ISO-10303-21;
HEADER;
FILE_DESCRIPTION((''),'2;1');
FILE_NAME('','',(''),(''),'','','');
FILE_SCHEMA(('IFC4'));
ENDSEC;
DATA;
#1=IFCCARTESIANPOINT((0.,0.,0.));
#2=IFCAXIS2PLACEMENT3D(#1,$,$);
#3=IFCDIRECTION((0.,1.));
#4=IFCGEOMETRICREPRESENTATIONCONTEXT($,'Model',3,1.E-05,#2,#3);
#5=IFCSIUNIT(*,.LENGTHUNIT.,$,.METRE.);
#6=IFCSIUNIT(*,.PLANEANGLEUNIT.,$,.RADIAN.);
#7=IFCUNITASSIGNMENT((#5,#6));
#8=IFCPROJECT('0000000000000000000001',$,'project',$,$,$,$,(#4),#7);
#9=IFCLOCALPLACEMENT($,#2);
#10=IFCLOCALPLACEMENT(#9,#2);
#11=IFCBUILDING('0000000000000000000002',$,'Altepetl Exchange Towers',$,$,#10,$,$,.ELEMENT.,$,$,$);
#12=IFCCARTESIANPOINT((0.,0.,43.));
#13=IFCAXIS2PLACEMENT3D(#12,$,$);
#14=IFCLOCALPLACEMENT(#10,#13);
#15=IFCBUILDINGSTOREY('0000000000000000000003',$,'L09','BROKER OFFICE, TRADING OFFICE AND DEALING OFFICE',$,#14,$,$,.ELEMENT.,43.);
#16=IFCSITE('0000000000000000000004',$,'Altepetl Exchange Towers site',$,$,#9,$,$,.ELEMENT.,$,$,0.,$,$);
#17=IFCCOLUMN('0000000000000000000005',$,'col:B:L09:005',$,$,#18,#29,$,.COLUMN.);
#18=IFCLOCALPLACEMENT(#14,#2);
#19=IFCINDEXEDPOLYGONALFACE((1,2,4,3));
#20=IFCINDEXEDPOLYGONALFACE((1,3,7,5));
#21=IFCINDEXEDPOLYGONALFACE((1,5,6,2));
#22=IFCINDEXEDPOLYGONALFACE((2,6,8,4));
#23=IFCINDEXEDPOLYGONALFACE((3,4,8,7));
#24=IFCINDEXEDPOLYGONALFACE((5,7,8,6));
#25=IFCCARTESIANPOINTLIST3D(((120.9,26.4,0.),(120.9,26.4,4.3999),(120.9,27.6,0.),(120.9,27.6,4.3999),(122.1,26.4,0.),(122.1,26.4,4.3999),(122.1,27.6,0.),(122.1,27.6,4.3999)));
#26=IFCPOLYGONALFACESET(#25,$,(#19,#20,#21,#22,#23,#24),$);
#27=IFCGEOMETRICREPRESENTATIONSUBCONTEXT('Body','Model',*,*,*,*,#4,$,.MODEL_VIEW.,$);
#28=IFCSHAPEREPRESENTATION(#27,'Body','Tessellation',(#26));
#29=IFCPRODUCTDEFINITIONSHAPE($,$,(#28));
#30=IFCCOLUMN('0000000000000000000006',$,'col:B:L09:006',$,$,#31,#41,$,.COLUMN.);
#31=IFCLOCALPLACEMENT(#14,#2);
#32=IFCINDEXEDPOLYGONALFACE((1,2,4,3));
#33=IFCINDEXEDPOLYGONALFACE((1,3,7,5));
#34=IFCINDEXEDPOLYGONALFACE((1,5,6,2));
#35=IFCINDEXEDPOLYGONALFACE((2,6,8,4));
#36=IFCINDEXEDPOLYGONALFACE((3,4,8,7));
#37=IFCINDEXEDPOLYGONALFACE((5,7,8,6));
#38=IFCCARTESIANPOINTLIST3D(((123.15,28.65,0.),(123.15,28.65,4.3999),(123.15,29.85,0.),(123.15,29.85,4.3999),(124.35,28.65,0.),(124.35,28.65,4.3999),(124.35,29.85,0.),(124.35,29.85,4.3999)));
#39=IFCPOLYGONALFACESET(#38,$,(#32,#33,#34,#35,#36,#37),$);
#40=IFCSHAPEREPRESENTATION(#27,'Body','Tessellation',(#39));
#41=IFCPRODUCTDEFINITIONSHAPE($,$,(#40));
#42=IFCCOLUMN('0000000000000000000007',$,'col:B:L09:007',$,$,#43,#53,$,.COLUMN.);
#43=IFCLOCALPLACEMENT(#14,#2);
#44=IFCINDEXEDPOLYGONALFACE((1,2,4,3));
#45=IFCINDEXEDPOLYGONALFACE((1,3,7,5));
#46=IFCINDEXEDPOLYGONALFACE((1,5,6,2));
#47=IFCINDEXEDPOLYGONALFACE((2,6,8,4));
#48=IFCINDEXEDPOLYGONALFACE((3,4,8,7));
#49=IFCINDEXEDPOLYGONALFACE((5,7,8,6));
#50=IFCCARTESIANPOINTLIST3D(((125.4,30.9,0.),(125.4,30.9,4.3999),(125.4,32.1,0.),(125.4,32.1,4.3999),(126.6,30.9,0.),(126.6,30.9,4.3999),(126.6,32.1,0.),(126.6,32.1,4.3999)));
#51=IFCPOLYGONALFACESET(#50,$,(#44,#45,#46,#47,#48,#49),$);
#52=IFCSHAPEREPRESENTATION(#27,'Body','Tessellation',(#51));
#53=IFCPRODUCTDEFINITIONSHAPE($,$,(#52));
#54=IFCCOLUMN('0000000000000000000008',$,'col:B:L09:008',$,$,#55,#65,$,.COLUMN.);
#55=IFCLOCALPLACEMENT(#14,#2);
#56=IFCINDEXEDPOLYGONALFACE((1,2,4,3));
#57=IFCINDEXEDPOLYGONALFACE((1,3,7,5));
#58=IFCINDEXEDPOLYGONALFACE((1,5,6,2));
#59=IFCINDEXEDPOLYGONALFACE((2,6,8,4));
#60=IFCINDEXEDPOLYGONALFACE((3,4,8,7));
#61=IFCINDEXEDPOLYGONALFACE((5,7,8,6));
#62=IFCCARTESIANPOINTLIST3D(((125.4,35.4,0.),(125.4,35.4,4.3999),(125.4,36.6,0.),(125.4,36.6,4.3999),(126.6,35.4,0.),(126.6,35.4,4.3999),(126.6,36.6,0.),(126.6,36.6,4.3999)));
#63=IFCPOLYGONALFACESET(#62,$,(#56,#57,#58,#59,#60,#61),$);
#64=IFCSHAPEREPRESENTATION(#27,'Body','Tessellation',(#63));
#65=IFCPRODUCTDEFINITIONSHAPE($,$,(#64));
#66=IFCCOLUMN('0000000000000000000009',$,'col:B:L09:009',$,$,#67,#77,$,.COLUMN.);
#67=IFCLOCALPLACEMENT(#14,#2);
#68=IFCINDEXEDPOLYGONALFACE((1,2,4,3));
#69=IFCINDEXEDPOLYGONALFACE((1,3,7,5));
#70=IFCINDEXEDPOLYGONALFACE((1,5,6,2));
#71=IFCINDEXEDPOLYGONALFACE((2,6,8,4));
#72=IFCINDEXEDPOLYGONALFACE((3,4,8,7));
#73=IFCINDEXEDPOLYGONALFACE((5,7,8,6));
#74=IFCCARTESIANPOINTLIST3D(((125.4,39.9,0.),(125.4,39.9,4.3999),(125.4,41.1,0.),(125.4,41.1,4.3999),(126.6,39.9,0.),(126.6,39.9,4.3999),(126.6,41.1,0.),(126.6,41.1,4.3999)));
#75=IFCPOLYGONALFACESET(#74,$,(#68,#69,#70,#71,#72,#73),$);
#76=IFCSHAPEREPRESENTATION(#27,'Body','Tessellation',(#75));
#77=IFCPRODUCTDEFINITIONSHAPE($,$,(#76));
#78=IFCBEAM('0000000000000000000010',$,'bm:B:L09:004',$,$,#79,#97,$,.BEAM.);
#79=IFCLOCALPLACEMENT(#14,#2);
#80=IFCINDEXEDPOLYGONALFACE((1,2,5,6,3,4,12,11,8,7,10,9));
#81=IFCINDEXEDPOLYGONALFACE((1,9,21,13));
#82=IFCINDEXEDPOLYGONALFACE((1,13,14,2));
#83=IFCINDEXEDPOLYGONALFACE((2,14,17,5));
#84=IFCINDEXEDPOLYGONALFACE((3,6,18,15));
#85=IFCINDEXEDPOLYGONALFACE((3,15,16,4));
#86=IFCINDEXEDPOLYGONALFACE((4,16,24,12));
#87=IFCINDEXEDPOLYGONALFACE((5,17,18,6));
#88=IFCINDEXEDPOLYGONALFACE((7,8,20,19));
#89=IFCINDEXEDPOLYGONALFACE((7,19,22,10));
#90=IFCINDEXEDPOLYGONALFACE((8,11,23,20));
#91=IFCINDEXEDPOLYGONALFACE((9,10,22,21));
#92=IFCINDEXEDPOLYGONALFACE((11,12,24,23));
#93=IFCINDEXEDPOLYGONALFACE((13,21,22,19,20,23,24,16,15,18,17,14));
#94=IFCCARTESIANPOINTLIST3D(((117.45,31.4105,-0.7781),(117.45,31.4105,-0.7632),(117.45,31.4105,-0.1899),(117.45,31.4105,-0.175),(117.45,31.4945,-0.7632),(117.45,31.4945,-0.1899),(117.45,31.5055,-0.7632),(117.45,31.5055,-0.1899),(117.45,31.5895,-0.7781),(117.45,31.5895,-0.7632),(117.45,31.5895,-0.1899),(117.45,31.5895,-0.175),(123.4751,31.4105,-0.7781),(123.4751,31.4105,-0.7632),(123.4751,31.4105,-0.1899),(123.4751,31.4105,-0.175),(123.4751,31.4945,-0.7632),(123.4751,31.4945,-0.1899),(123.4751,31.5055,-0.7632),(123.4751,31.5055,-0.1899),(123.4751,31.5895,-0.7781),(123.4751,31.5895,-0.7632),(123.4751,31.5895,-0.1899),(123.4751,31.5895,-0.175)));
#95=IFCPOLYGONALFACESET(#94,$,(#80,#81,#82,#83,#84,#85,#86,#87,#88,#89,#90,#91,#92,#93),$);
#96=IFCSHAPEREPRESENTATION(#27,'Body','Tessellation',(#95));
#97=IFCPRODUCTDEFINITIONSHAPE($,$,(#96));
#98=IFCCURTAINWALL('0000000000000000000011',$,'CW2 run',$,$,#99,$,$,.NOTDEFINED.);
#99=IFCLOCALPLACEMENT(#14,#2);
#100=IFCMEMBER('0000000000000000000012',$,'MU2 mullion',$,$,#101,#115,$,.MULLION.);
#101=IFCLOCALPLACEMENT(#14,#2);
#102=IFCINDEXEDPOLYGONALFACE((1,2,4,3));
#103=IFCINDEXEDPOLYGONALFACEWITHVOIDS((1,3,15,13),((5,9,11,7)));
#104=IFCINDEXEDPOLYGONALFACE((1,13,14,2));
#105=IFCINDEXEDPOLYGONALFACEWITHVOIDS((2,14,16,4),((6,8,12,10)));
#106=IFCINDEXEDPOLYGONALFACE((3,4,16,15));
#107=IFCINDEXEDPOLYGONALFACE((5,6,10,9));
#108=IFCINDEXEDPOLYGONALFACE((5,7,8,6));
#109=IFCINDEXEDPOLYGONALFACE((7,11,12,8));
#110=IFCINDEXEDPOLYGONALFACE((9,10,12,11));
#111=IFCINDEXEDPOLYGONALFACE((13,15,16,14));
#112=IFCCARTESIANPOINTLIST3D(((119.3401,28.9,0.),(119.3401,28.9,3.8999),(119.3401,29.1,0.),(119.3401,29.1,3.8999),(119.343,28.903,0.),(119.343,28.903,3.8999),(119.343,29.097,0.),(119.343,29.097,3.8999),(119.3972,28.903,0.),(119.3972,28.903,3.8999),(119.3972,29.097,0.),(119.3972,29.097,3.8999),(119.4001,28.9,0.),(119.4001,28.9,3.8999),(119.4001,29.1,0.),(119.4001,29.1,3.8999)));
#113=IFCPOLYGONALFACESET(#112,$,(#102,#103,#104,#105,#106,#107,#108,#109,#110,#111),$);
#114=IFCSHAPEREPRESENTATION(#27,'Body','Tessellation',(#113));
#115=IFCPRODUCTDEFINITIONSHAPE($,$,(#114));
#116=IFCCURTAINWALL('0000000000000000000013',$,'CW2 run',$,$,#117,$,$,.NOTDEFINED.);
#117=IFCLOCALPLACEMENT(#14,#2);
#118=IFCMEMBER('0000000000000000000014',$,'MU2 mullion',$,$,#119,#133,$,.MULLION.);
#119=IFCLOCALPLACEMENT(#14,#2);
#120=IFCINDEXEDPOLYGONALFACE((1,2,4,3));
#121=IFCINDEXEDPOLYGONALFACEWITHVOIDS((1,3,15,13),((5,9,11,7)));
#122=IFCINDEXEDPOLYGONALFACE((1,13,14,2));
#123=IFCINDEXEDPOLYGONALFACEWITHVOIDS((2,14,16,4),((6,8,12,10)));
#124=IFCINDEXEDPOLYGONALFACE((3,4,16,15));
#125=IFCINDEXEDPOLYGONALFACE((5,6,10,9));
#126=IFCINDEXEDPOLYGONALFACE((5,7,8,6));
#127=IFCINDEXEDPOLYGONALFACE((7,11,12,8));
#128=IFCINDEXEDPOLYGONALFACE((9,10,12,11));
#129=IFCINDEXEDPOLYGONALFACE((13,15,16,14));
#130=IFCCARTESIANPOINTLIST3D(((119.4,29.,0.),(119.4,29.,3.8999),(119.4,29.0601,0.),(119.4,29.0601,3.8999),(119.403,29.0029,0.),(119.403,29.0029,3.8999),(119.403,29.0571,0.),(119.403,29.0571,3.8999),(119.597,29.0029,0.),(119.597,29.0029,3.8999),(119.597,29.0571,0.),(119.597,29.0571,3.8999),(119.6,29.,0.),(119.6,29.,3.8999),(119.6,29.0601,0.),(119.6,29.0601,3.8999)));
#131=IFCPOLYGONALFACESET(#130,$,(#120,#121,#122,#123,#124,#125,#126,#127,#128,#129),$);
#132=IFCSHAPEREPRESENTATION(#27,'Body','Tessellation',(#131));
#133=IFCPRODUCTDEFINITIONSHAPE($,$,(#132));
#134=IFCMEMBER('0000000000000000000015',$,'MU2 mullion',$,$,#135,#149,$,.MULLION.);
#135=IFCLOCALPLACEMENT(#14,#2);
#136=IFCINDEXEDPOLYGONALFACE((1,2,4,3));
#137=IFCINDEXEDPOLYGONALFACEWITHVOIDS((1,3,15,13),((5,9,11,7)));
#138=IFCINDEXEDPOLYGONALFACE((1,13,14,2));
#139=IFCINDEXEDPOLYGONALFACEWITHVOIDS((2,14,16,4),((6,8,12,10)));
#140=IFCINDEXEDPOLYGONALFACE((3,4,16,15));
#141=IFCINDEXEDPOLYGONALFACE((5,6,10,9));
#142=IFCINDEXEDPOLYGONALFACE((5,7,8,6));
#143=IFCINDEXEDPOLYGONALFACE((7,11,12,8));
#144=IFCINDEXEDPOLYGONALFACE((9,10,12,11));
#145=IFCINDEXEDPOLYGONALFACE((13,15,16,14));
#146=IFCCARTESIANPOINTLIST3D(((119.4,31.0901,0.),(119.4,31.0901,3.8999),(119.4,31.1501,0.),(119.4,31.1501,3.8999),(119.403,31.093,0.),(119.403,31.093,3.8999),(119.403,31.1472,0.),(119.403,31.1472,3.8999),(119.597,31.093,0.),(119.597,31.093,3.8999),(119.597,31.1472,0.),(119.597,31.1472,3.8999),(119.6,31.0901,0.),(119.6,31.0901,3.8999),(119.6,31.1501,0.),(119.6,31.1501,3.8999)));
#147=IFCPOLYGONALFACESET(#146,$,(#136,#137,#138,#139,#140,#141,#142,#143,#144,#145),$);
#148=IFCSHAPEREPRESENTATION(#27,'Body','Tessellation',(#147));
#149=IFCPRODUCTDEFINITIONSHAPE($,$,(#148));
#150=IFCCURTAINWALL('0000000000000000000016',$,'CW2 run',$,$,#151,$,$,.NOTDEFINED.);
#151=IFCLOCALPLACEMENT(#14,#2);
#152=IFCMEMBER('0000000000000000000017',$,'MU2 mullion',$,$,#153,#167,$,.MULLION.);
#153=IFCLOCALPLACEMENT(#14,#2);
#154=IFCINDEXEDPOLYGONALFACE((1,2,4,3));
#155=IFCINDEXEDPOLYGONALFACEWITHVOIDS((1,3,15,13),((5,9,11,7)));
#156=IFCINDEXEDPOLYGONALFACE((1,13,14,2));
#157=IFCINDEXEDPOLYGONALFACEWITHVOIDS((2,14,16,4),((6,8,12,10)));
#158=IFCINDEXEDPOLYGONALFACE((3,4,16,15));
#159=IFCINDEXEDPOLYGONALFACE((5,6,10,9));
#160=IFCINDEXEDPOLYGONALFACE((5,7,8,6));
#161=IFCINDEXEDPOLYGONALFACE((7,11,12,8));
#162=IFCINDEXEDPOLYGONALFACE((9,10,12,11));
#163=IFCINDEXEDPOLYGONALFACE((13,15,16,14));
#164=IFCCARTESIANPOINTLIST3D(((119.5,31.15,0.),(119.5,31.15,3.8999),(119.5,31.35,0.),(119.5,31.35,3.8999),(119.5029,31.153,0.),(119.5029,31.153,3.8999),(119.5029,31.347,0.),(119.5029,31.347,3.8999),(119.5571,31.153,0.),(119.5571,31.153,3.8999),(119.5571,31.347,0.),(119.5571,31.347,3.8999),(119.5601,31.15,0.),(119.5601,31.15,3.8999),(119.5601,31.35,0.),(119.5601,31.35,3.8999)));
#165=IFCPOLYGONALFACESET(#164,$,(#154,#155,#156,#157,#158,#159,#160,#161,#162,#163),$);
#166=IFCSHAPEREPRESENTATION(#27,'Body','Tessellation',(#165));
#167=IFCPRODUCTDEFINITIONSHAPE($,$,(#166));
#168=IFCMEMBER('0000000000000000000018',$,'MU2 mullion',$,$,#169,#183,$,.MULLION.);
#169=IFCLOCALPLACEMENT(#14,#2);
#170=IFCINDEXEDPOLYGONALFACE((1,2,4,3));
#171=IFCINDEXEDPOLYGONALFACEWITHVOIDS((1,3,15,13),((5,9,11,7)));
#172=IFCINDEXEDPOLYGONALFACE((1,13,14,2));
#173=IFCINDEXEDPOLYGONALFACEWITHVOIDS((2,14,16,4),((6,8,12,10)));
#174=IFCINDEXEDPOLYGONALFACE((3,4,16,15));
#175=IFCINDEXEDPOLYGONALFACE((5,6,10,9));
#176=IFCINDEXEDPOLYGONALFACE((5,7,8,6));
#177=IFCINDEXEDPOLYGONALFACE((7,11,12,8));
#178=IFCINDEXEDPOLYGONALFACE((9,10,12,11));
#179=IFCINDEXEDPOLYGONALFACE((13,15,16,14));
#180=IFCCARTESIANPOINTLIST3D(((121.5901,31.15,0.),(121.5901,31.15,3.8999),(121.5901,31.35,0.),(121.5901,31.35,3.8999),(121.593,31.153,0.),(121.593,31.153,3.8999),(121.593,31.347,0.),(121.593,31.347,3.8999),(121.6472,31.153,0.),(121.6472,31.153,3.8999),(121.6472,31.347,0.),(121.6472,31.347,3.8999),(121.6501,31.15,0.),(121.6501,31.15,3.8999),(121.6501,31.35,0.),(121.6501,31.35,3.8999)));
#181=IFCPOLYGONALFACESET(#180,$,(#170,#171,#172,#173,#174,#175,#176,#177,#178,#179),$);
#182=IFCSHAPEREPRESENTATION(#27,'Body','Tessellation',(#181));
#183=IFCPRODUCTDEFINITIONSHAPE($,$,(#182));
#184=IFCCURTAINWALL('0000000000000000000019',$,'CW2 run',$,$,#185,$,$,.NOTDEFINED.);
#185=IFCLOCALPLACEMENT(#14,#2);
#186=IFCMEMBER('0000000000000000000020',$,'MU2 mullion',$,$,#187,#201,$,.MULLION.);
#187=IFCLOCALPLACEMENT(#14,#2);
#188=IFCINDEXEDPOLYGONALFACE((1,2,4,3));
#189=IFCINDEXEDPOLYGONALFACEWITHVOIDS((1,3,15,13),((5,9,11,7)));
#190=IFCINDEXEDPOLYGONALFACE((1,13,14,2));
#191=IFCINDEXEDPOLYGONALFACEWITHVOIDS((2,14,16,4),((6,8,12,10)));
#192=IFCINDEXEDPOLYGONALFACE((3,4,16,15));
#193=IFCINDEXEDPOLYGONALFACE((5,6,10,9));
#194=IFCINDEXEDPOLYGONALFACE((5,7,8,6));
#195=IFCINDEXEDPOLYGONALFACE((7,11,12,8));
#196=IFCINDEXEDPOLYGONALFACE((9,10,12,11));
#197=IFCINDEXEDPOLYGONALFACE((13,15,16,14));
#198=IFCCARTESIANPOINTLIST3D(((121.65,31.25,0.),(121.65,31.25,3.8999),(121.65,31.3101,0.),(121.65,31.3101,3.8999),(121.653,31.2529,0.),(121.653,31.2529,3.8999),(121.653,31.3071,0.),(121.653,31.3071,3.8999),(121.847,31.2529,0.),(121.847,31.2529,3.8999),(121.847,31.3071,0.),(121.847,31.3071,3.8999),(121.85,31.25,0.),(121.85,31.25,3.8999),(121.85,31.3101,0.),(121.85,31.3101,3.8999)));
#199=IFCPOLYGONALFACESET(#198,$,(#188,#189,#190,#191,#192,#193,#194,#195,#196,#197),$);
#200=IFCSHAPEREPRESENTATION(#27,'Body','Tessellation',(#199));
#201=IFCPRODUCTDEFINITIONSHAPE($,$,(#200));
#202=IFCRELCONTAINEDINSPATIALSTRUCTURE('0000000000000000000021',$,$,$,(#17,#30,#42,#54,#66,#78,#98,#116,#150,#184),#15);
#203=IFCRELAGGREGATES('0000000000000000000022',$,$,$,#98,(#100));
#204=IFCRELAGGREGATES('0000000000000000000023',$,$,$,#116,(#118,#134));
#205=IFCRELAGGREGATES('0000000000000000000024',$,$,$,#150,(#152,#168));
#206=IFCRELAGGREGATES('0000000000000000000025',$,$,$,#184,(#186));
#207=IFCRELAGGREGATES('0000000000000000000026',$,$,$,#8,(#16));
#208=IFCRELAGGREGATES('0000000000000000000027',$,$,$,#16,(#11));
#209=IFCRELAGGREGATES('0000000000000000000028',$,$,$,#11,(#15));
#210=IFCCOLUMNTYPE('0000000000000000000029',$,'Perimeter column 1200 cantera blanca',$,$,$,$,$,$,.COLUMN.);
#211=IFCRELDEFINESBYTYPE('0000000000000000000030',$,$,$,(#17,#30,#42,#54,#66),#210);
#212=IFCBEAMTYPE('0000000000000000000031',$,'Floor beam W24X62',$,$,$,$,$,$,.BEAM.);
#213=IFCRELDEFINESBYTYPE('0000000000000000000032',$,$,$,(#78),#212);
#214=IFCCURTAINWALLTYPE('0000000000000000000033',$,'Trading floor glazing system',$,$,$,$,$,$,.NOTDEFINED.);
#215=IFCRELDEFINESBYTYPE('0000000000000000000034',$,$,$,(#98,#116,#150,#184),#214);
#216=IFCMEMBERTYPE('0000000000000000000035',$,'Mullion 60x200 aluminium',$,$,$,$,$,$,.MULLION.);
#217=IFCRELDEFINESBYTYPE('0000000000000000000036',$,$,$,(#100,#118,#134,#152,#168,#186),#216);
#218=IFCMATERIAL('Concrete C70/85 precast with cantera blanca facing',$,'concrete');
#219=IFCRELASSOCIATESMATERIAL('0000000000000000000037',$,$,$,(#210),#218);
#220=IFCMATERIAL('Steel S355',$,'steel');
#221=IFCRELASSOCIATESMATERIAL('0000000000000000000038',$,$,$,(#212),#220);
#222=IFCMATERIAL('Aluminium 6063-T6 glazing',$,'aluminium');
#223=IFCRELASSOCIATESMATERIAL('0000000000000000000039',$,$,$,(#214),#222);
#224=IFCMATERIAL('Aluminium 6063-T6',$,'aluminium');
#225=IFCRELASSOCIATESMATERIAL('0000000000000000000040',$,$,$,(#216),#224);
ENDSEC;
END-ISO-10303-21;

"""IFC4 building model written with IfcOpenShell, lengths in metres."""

from ifc_helpers import new_model, si_unit, direction, frame, origin, origin_2d, place, context, subcontext, project, spatial, rectangle, hollow_rectangle, i_section, extrude, material, material_profile, profile_set, type_object, element, aggregate, save


model = new_model("IFC4")

# Units and contexts
model_context = context("Model", 3, precision=1e-05, world=origin(), true_north=direction((0.0, 1.0)))
body_context = subcontext(model_context, "Body", "Model", "MODEL_VIEW")
ifc_project = project(units=[si_unit("LENGTHUNIT", "METRE"), si_unit("PLANEANGLEUNIT", "RADIAN")], contexts=[model_context])

# Site, building, storey
site_placement = place(None, origin())
site = spatial("IfcSite", under=ifc_project, at=site_placement, Name="Altepetl Exchange Towers site", CompositionType="ELEMENT", RefElevation=0.0)
building_placement = place(site_placement, origin())
building = spatial("IfcBuilding", under=site, at=building_placement, Name="Altepetl Exchange Towers", CompositionType="ELEMENT")
storey_placement = place(building_placement, frame((0.0, 0.0, 43.0)))
storey = spatial("IfcBuildingStorey", under=building, at=storey_placement, Name="L09", Description="BROKER OFFICE, TRADING OFFICE AND DEALING OFFICE", CompositionType="ELEMENT", Elevation=43.0)

# Columns
ifc_material_1 = material(Name="Concrete C70/85 precast with cantera blanca facing", Category="concrete")
ifc_material_profile_1 = material_profile(ifc_material_1, rectangle(XDim=1.2, YDim=1.2, at=origin_2d()), Name="1200 x 1200")
ifc_profile_set_1 = profile_set([ifc_material_profile_1], Name="Concrete C70/85 precast with cantera blanca facing")
column_type = type_object("IfcColumnType", Name="Perimeter column 1200 cantera blanca", PredefinedType="COLUMN", material=ifc_profile_set_1)
for number, where, name in (
    (1, (121.5, 27.0, 0.0), "col:B:L09:005"),
    (2, (123.75, 29.25, 0.0), "col:B:L09:006"),
    (3, (126.0, 31.5, 0.0), "col:B:L09:007"),
    (4, (126.0, 36.0, 0.0), "col:B:L09:008"),
    (5, (126.0, 40.5, 0.0), "col:B:L09:009"),
):
    element("IfcColumn", number, at=place(storey_placement, frame(where)), inside=storey, type_object=column_type, Name=name, PredefinedType="COLUMN", context=body_context, shape_type="SweptSolid", body=[
        extrude(rectangle(XDim=1.2, YDim=1.2, at=origin_2d()), origin(), (0.0, 0.0, 1.0), 4.3999),
    ])

# Beam
ifc_material_2 = material(Name="Steel S355", Category="steel")
ifc_material_profile_2 = material_profile(ifc_material_2, i_section(OverallWidth=0.179, OverallDepth=0.603, WebThickness=0.011, FlangeThickness=0.0149, at=origin_2d()), Name="W24X62")
ifc_profile_set_2 = profile_set([ifc_material_profile_2], Name="Steel S355")
beam_type_1 = type_object("IfcBeamType", Name="Floor beam W24X62", PredefinedType="BEAM", material=ifc_profile_set_2)
beam_1_placement = place(storey_placement, frame((117.45, 31.5, -0.4766), z_axis=(1.0, 0.0, 0.0), x_axis=(0.0, 1.0, 0.0)))
element("IfcBeam", 6, at=beam_1_placement, inside=storey, type_object=beam_type_1, Name="bm:B:L09:004", PredefinedType="BEAM", context=body_context, shape_type="SweptSolid", body=[
    extrude(i_section(OverallWidth=0.179, OverallDepth=0.603, WebThickness=0.011, FlangeThickness=0.0149, at=origin_2d()), origin(), (0.0, 0.0, 1.0), 6.0251),
])

# Curtain wall, member
ifc_material_3 = material(Name="Aluminium 6063-T6 glazing", Category="aluminium")
curtain_wall_type = type_object("IfcCurtainWallType", Name="Trading floor glazing system", PredefinedType="NOTDEFINED", material=ifc_material_3)
curtain_wall_1_placement = place(storey_placement, origin())
curtain_wall_1 = element("IfcCurtainWall", 7, at=curtain_wall_1_placement, inside=storey, type_object=curtain_wall_type, Name="CW2 run", PredefinedType="NOTDEFINED")
ifc_material_4 = material(Name="Aluminium 6063-T6", Category="aluminium")
ifc_material_profile_3 = material_profile(ifc_material_4, hollow_rectangle(XDim=0.0601, YDim=0.2, WallThickness=0.0029, at=origin_2d()), Name="Mullion 60x200 aluminium")
ifc_profile_set_3 = profile_set([ifc_material_profile_3], Name="Aluminium 6063-T6")
member_type = type_object("IfcMemberType", Name="Mullion 60x200 aluminium", PredefinedType="MULLION", material=ifc_profile_set_3)
member_1_placement = place(storey_placement, frame((119.3701, 29.0, 0.0)))
member_1 = element("IfcMember", 8, at=member_1_placement, type_object=member_type, Name="MU2 mullion", PredefinedType="MULLION", context=body_context, shape_type="SweptSolid", body=[
    extrude(hollow_rectangle(XDim=0.0601, YDim=0.2, WallThickness=0.0029, at=origin_2d()), origin(), (0.0, 0.0, 1.0), 3.8999),
])

# Curtain walls, members
curtain_wall_2_placement = place(storey_placement, origin())
curtain_wall_2 = element("IfcCurtainWall", 9, at=curtain_wall_2_placement, inside=storey, type_object=curtain_wall_type, Name="CW2 run", PredefinedType="NOTDEFINED")
member_2_placement = place(storey_placement, frame((119.5, 29.03, 0.0), z_axis=(0.0, 0.0, 1.0), x_axis=(0.0, 1.0, 0.0)))
member_2 = element("IfcMember", 10, at=member_2_placement, type_object=member_type, Name="MU2 mullion", PredefinedType="MULLION", context=body_context, shape_type="SweptSolid", body=[
    extrude(hollow_rectangle(XDim=0.0601, YDim=0.2, WallThickness=0.0029, at=origin_2d()), origin(), (0.0, 0.0, 1.0), 3.8999),
])
member_3_placement = place(storey_placement, frame((119.5, 31.1201, 0.0), z_axis=(0.0, 0.0, 1.0), x_axis=(0.0, 1.0, 0.0)))
member_3 = element("IfcMember", 11, at=member_3_placement, type_object=member_type, Name="MU2 mullion", PredefinedType="MULLION", context=body_context, shape_type="SweptSolid", body=[
    extrude(hollow_rectangle(XDim=0.0601, YDim=0.2, WallThickness=0.0029, at=origin_2d()), origin(), (0.0, 0.0, 1.0), 3.8999),
])
curtain_wall_3_placement = place(storey_placement, origin())
curtain_wall_3 = element("IfcCurtainWall", 12, at=curtain_wall_3_placement, inside=storey, type_object=curtain_wall_type, Name="CW2 run", PredefinedType="NOTDEFINED")
member_4_placement = place(storey_placement, frame((119.53, 31.25, 0.0)))
member_4 = element("IfcMember", 13, at=member_4_placement, type_object=member_type, Name="MU2 mullion", PredefinedType="MULLION", context=body_context, shape_type="SweptSolid", body=[
    extrude(hollow_rectangle(XDim=0.0601, YDim=0.2, WallThickness=0.0029, at=origin_2d()), origin(), (0.0, 0.0, 1.0), 3.8999),
])
member_5_placement = place(storey_placement, frame((121.6201, 31.25, 0.0)))
member_5 = element("IfcMember", 14, at=member_5_placement, type_object=member_type, Name="MU2 mullion", PredefinedType="MULLION", context=body_context, shape_type="SweptSolid", body=[
    extrude(hollow_rectangle(XDim=0.0601, YDim=0.2, WallThickness=0.0029, at=origin_2d()), origin(), (0.0, 0.0, 1.0), 3.8999),
])
curtain_wall_4_placement = place(storey_placement, origin())
curtain_wall_4 = element("IfcCurtainWall", 15, at=curtain_wall_4_placement, inside=storey, type_object=curtain_wall_type, Name="CW2 run", PredefinedType="NOTDEFINED")
member_6_placement = place(storey_placement, frame((121.75, 31.28, 0.0), z_axis=(0.0, 0.0, 1.0), x_axis=(0.0, 1.0, 0.0)))
member_6 = element("IfcMember", 16, at=member_6_placement, type_object=member_type, Name="MU2 mullion", PredefinedType="MULLION", context=body_context, shape_type="SweptSolid", body=[
    extrude(hollow_rectangle(XDim=0.0601, YDim=0.2, WallThickness=0.0029, at=origin_2d()), origin(), (0.0, 0.0, 1.0), 3.8999),
])

aggregate(curtain_wall_1, [member_1])
aggregate(curtain_wall_2, [member_2, member_3])
aggregate(curtain_wall_3, [member_4, member_5])
aggregate(curtain_wall_4, [member_6])

save(model, "model.ifc")
